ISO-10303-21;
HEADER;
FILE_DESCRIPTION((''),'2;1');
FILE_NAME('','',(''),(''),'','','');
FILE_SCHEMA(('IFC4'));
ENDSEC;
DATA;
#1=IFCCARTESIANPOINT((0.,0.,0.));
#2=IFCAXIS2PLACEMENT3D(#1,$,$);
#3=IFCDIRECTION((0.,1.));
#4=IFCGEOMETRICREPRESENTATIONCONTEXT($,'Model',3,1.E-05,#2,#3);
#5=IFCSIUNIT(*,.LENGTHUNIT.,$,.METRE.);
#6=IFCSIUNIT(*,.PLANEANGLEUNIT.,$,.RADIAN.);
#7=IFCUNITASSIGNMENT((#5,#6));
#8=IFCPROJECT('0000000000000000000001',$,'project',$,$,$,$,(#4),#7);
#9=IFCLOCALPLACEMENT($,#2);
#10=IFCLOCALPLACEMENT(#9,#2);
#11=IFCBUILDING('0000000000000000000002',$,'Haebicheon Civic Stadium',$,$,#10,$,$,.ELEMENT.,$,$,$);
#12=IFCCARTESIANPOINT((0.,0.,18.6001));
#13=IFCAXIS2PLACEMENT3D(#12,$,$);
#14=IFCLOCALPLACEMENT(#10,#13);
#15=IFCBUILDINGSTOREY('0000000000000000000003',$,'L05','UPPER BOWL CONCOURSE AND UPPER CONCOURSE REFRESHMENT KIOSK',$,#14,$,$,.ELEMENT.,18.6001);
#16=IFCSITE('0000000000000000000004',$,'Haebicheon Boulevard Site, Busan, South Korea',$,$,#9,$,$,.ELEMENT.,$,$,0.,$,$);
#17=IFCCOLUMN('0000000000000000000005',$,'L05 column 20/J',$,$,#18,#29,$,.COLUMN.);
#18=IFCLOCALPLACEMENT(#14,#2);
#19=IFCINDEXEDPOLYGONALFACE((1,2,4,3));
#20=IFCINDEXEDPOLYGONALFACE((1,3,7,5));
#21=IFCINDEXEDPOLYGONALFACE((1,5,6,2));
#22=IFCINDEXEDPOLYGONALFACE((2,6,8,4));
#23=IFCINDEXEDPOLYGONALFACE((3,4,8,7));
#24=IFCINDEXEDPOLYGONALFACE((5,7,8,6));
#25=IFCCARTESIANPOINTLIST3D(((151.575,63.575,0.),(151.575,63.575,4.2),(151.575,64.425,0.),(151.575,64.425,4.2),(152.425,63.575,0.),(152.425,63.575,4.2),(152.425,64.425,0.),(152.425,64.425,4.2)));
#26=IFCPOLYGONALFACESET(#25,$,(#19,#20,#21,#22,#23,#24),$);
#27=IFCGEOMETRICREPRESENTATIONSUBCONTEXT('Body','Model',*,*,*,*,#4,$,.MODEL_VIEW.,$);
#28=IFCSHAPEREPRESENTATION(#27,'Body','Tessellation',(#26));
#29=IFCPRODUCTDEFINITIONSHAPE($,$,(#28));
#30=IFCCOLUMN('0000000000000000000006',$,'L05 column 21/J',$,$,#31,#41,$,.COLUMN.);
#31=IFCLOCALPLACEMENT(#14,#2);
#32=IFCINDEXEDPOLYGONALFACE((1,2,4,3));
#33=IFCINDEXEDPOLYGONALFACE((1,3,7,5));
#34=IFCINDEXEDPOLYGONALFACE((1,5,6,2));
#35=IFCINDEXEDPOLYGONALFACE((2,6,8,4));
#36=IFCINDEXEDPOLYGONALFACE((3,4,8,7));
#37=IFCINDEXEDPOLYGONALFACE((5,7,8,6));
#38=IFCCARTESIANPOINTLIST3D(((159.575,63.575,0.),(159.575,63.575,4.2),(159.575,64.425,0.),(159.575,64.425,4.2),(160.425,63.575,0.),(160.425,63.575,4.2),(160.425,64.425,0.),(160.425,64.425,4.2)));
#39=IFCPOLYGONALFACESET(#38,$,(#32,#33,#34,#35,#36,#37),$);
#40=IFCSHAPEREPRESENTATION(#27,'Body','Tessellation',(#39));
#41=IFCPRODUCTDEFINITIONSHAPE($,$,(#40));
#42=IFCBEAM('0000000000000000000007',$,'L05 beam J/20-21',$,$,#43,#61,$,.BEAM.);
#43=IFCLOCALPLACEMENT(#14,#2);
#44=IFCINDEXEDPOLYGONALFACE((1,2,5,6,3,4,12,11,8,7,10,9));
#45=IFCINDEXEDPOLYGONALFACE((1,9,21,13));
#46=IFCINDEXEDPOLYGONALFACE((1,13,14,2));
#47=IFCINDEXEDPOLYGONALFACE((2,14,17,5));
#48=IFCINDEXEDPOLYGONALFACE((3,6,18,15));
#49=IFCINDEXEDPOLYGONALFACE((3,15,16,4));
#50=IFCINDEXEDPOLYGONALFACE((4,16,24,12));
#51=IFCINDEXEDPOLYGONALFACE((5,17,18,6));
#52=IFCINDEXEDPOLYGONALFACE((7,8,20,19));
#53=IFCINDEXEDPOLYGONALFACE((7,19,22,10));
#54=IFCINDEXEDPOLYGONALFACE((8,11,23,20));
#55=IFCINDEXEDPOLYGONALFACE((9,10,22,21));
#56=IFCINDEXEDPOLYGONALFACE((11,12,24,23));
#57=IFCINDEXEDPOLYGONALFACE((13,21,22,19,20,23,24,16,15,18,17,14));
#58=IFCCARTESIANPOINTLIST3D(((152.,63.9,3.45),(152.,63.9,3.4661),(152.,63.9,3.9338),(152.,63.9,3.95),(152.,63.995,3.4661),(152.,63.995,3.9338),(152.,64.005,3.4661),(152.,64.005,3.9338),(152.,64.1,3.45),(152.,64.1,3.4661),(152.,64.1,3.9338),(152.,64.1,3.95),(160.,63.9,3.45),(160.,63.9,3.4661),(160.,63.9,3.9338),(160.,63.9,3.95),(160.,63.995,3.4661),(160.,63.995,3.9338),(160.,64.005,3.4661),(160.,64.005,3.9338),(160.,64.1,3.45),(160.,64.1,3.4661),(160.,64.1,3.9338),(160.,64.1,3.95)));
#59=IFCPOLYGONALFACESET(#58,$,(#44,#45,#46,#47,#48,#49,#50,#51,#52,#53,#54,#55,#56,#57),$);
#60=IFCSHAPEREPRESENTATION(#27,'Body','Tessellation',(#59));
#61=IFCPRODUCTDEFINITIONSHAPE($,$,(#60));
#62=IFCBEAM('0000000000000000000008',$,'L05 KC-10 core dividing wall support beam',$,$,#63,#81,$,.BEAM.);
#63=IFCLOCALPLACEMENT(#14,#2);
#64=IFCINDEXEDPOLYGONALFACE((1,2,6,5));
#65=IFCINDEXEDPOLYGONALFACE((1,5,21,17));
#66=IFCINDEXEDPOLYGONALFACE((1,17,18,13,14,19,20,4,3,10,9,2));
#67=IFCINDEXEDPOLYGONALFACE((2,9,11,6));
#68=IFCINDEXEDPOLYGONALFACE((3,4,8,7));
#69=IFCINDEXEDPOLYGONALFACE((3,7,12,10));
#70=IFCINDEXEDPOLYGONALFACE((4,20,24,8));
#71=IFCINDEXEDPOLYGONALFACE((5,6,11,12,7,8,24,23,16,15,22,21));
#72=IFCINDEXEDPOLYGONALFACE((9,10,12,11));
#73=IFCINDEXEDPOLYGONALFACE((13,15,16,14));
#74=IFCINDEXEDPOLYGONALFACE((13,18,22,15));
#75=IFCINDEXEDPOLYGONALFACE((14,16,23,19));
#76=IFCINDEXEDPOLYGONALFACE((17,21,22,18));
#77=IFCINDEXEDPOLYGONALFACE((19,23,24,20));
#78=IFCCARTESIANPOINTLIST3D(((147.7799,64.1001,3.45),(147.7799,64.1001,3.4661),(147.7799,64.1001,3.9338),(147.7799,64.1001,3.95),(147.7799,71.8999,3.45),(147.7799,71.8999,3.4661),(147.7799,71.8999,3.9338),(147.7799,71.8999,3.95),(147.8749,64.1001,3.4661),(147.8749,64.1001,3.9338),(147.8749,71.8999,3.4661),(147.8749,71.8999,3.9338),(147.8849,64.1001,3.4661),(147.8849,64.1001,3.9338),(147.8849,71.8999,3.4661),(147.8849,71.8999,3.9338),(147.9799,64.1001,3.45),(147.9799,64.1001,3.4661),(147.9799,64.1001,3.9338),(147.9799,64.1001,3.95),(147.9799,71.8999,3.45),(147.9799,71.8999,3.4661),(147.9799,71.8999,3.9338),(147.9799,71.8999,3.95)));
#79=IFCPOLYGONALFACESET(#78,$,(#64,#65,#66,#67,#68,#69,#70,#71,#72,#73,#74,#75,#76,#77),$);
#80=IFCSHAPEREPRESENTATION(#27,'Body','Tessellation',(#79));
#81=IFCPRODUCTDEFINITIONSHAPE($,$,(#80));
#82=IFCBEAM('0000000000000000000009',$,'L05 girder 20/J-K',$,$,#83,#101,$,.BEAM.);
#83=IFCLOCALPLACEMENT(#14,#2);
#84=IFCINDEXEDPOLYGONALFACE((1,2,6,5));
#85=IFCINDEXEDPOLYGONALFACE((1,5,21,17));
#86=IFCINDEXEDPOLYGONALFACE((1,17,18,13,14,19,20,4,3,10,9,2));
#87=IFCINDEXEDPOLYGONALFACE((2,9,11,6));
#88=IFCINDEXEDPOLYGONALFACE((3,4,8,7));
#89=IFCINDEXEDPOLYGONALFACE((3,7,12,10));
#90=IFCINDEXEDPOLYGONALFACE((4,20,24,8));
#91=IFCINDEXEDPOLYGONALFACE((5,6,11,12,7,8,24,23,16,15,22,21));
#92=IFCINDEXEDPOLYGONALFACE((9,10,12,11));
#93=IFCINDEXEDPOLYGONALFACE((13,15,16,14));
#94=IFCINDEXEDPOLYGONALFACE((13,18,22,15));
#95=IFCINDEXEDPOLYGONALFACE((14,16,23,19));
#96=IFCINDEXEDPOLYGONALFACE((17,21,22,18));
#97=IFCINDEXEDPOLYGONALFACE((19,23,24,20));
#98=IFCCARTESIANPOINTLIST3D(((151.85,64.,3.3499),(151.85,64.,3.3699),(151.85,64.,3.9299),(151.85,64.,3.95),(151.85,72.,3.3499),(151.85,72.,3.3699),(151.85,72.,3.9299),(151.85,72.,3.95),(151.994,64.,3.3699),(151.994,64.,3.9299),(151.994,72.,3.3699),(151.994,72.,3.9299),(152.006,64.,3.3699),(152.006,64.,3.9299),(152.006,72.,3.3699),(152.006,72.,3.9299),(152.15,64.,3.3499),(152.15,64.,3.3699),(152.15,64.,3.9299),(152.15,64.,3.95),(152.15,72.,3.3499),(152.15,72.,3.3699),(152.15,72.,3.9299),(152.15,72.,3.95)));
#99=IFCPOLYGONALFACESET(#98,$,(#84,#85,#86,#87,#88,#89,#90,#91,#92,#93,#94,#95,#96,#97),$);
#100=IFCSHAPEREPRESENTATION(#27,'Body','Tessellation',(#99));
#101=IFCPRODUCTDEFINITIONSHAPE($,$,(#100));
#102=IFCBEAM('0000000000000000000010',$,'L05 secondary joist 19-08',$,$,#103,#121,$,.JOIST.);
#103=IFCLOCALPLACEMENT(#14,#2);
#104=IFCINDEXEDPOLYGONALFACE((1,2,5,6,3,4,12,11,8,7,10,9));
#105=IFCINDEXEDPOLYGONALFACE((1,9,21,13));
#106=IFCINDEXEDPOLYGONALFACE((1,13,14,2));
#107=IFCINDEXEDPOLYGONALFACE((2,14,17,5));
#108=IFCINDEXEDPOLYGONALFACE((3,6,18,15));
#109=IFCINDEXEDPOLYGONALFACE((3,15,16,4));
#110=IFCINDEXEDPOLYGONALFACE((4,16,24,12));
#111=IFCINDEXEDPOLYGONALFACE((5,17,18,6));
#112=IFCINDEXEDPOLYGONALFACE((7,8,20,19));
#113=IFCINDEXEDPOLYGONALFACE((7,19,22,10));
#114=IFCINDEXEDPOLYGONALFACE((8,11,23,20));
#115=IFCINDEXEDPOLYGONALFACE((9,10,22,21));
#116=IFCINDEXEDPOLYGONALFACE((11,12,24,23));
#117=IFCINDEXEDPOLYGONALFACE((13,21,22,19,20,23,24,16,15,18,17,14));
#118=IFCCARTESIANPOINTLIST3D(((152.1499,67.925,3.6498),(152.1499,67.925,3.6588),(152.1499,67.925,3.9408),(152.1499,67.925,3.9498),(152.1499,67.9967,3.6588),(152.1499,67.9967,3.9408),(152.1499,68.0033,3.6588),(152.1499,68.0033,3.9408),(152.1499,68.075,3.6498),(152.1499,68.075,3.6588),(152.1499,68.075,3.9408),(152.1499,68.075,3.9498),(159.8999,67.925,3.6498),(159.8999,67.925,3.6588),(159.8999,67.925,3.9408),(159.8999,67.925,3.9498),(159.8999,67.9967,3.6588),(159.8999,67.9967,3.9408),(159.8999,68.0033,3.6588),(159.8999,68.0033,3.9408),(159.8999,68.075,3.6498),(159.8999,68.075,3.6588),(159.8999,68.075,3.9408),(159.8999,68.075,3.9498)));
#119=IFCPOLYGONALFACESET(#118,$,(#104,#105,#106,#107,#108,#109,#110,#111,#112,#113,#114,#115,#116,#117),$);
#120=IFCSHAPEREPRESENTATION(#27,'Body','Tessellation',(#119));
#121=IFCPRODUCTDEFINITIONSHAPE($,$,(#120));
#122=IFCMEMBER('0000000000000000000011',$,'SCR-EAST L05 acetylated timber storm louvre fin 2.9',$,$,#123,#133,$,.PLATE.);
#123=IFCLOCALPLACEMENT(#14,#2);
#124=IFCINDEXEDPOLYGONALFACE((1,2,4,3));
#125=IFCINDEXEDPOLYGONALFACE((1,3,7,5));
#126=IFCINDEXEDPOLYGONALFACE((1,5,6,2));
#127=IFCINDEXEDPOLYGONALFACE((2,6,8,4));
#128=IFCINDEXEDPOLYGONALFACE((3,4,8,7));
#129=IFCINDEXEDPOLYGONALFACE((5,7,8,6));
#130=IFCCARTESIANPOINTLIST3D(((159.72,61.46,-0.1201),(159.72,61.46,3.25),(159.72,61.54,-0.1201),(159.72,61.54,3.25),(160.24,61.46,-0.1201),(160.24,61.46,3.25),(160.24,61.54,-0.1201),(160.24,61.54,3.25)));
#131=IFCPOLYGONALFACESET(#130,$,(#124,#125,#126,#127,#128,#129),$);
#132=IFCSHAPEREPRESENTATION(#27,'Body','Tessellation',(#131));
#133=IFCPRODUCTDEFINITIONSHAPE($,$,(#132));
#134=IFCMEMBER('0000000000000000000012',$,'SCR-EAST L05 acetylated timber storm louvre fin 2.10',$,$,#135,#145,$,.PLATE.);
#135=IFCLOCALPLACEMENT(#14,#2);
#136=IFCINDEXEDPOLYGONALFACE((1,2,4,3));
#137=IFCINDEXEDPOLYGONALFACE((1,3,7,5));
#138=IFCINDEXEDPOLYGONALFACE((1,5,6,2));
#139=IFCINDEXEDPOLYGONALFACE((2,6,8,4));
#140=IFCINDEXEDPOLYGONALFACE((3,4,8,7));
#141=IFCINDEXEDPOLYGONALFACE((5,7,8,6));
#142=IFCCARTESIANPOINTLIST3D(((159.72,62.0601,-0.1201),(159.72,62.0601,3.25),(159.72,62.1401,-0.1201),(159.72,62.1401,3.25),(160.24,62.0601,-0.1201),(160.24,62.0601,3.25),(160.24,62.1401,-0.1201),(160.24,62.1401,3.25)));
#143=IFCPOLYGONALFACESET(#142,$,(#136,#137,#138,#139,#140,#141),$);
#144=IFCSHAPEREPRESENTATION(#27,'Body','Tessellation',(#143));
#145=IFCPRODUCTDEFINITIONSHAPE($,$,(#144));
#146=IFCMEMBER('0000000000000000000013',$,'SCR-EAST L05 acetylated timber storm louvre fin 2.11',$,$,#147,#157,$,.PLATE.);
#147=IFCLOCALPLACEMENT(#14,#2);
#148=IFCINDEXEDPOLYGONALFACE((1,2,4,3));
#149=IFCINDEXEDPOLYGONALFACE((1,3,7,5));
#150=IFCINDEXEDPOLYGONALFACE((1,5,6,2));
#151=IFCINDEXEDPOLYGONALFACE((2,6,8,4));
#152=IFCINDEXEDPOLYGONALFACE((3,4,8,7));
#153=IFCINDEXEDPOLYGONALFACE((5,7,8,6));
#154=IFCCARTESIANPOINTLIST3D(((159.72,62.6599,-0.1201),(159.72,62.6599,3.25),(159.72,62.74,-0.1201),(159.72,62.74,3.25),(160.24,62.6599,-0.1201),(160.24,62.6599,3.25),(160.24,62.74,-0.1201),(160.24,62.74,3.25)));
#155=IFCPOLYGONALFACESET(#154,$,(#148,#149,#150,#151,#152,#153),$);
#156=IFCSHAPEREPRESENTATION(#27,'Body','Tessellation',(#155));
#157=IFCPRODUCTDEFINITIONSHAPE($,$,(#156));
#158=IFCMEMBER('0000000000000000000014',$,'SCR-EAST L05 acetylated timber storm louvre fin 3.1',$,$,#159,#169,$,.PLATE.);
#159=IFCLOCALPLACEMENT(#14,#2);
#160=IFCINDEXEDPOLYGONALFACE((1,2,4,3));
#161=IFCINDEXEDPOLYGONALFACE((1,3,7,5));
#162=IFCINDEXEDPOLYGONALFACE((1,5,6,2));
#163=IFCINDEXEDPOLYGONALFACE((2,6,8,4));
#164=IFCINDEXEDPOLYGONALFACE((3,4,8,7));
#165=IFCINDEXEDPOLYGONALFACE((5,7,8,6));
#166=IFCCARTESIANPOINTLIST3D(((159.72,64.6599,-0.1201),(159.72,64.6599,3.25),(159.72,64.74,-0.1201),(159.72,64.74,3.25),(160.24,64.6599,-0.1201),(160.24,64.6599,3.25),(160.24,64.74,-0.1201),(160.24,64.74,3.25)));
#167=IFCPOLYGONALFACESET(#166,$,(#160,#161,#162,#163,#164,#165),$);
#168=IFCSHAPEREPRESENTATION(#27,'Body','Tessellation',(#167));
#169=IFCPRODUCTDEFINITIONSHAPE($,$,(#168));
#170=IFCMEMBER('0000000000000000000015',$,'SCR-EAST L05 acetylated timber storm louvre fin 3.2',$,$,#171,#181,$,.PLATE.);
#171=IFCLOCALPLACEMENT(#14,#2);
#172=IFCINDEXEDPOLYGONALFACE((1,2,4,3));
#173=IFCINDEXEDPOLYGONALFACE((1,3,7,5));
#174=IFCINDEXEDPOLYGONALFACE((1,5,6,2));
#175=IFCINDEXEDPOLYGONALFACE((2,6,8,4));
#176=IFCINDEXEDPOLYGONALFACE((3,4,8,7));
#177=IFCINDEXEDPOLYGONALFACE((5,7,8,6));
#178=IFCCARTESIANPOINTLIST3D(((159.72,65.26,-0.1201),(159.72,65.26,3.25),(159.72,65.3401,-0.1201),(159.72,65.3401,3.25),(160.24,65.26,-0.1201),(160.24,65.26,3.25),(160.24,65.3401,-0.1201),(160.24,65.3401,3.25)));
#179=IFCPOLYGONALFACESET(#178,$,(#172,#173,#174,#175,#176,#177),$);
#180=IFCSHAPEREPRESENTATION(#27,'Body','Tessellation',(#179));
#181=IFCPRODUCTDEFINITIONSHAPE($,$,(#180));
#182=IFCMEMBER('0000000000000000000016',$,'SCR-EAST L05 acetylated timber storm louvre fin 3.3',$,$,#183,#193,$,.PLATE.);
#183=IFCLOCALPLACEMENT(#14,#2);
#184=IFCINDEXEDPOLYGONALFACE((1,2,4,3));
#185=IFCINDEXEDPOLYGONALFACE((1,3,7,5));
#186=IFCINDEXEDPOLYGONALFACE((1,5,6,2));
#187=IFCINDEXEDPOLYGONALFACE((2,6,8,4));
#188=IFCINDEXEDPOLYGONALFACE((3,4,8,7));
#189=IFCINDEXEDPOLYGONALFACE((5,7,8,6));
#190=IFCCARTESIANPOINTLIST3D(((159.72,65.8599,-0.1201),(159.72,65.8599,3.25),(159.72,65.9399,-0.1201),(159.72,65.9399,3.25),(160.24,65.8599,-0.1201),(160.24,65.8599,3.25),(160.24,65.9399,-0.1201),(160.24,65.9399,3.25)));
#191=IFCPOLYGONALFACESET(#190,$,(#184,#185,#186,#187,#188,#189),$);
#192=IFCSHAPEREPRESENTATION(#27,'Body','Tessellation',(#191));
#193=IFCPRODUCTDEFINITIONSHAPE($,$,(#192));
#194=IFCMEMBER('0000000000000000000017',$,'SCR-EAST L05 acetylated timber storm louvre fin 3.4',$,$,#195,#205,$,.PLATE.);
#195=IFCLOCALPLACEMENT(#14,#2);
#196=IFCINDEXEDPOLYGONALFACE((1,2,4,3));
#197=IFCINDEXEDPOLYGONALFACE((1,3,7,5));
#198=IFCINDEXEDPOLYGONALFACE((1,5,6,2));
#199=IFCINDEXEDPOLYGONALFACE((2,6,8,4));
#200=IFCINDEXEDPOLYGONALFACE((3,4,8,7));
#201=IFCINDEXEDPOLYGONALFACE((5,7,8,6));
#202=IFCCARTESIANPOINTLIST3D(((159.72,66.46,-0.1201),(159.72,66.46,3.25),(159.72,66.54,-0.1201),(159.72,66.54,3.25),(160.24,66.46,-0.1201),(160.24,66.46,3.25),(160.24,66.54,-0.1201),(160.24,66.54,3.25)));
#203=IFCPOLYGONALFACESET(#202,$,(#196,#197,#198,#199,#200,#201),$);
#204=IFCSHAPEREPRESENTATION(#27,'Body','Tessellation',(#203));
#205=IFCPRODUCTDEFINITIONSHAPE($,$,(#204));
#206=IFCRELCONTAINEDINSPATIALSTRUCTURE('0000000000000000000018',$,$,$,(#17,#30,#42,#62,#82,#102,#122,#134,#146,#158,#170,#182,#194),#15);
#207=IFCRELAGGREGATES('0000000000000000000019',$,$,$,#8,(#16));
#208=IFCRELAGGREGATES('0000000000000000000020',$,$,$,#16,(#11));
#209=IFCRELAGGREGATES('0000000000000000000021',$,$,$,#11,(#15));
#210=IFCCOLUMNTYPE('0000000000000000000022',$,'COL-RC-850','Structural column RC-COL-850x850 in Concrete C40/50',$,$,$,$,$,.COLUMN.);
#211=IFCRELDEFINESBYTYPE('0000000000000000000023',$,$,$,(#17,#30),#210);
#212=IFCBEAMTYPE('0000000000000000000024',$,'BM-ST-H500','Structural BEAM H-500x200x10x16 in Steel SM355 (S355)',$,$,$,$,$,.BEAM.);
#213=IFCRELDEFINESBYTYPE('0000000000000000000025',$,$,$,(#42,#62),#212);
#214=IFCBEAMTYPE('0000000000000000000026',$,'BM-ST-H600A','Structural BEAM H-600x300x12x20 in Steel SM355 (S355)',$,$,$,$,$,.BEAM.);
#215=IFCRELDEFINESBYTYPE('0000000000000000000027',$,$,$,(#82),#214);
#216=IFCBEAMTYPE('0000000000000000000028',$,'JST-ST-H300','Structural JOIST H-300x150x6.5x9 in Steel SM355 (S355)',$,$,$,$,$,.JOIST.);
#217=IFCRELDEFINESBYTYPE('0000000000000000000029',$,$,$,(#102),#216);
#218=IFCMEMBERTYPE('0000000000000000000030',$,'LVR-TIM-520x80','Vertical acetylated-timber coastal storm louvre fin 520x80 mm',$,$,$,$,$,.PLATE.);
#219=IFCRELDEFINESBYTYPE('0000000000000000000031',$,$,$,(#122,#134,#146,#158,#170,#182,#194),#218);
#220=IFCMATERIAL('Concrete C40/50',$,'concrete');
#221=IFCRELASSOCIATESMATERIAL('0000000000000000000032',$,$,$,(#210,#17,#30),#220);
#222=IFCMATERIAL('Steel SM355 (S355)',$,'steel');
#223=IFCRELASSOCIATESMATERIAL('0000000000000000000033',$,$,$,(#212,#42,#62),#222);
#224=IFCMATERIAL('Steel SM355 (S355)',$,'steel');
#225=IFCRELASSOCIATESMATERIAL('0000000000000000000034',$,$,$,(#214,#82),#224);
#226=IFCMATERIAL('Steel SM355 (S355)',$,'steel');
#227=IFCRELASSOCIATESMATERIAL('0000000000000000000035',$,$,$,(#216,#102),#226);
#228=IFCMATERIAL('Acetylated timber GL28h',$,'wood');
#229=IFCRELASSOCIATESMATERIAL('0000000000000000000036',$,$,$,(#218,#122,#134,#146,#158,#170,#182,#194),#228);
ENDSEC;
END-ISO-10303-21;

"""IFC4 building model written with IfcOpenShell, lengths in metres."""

from ifc_helpers import new_model, si_unit, direction, frame, origin, origin_2d, place, context, subcontext, project, spatial, rectangle, i_section, extrude, material, material_profile, profile_set, type_object, element, save


model = new_model("IFC4")

# Units and contexts
model_context = context("Model", 3, precision=1e-05, world=origin(), true_north=direction((0.0, 1.0)))
body_context = subcontext(model_context, "Body", "Model", "MODEL_VIEW")
ifc_project = project(units=[si_unit("LENGTHUNIT", "METRE"), si_unit("PLANEANGLEUNIT", "RADIAN")], contexts=[model_context])

# Site, building, storey
site_placement = place(None, origin())
site = spatial("IfcSite", under=ifc_project, at=site_placement, Name="Haebicheon Boulevard Site, Busan, South Korea", CompositionType="ELEMENT", RefElevation=0.0)
building_placement = place(site_placement, origin())
building = spatial("IfcBuilding", under=site, at=building_placement, Name="Haebicheon Civic Stadium", CompositionType="ELEMENT")
storey_placement = place(building_placement, frame((0.0, 0.0, 18.6001)))
storey = spatial("IfcBuildingStorey", under=building, at=storey_placement, Name="L05", Description="UPPER BOWL CONCOURSE AND UPPER CONCOURSE REFRESHMENT KIOSK", CompositionType="ELEMENT", Elevation=18.6001)

# Columns
ifc_material_1 = material(Name="Concrete C40/50", Category="concrete")
ifc_material_profile_1 = material_profile(ifc_material_1, rectangle(XDim=0.8501, YDim=0.8501, at=origin_2d()), Name="RC-COL-850x850")
ifc_profile_set_1 = profile_set([ifc_material_profile_1], Name="Concrete C40/50")
column_type = type_object("IfcColumnType", Name="COL-RC-850", Description="Structural column RC-COL-850x850 in Concrete C40/50", PredefinedType="COLUMN", material=ifc_profile_set_1)
for number, where, z_axis, x_axis, name in (
    (1, (152.0, 64.0, 0.0), (0.0, 0.0, 1.0), (1.0, 0.0, 0.0), "L05 column 20/J"),
    (2, (160.0, 64.0, 0.0), (0.0, 0.0, 1.0), (1.0, 0.0, 0.0), "L05 column 21/J"),
):
    element("IfcColumn", number, at=place(storey_placement, frame(where, z_axis=z_axis, x_axis=x_axis)), inside=storey, type_object=column_type, material=ifc_profile_set_1, Name=name, PredefinedType="COLUMN", context=body_context, shape_type="SweptSolid", body=[
        extrude(rectangle(XDim=0.8501, YDim=0.8501, at=origin_2d()), origin(), (0.0, 0.0, 1.0), 4.2),
    ])

# Beams
ifc_material_2 = material(Name="Steel SM355 (S355)", Category="steel")
ifc_material_profile_2 = material_profile(ifc_material_2, i_section(OverallWidth=0.2, OverallDepth=0.5, WebThickness=0.01, FlangeThickness=0.0161, at=origin_2d()), Name="H-500x200x10x16")
ifc_profile_set_2 = profile_set([ifc_material_profile_2], Name="Steel SM355 (S355)")
beam_type_1 = type_object("IfcBeamType", Name="BM-ST-H500", Description="Structural BEAM H-500x200x10x16 in Steel SM355 (S355)", PredefinedType="BEAM", material=ifc_profile_set_2)
beam_1_placement = place(storey_placement, frame((152.0, 64.0, 3.7), z_axis=(1.0, 0.0, 0.0), x_axis=(0.0, 1.0, 0.0)))
element("IfcBeam", 3, at=beam_1_placement, inside=storey, type_object=beam_type_1, material=ifc_profile_set_2, Name="L05 beam J/20-21", PredefinedType="BEAM", context=body_context, shape_type="SweptSolid", body=[
    extrude(i_section(OverallWidth=0.2, OverallDepth=0.5, WebThickness=0.01, FlangeThickness=0.0161, at=origin_2d()), origin(), (0.0, 0.0, 1.0), 8.0),
])
beam_2_placement = place(storey_placement, frame((147.8799, 64.1001, 3.7), z_axis=(0.0, 1.0, 0.0), x_axis=(-1.0, 0.0, 0.0)))
element("IfcBeam", 4, at=beam_2_placement, inside=storey, type_object=beam_type_1, material=ifc_profile_set_2, Name="L05 KC-10 core dividing wall support beam", PredefinedType="BEAM", context=body_context, shape_type="SweptSolid", body=[
    extrude(i_section(OverallWidth=0.2, OverallDepth=0.5, WebThickness=0.01, FlangeThickness=0.0161, at=origin_2d()), origin(), (0.0, 0.0, 1.0), 7.7998),
])
ifc_material_3 = material(Name="Steel SM355 (S355)", Category="steel")
ifc_material_profile_3 = material_profile(ifc_material_3, i_section(OverallWidth=0.3, OverallDepth=0.6001, WebThickness=0.012, FlangeThickness=0.02, at=origin_2d()), Name="H-600x300x12x20")
ifc_profile_set_3 = profile_set([ifc_material_profile_3], Name="Steel SM355 (S355)")
beam_type_2 = type_object("IfcBeamType", Name="BM-ST-H600A", Description="Structural BEAM H-600x300x12x20 in Steel SM355 (S355)", PredefinedType="BEAM", material=ifc_profile_set_3)
beam_3_placement = place(storey_placement, frame((152.0, 64.0, 3.6499), z_axis=(0.0, 1.0, 0.0), x_axis=(-1.0, 0.0, 0.0)))
element("IfcBeam", 5, at=beam_3_placement, inside=storey, type_object=beam_type_2, material=ifc_profile_set_3, Name="L05 girder 20/J-K", PredefinedType="BEAM", context=body_context, shape_type="SweptSolid", body=[
    extrude(i_section(OverallWidth=0.3, OverallDepth=0.6001, WebThickness=0.012, FlangeThickness=0.02, at=origin_2d()), origin(), (0.0, 0.0, 1.0), 8.0),
])
ifc_material_4 = material(Name="Steel SM355 (S355)", Category="steel")
ifc_material_profile_4 = material_profile(ifc_material_4, i_section(OverallWidth=0.1499, OverallDepth=0.3, WebThickness=0.0066, FlangeThickness=0.009, at=origin_2d()), Name="H-300x150x6.5x9")
ifc_profile_set_4 = profile_set([ifc_material_profile_4], Name="Steel SM355 (S355)")
beam_type_3 = type_object("IfcBeamType", Name="JST-ST-H300", Description="Structural JOIST H-300x150x6.5x9 in Steel SM355 (S355)", PredefinedType="JOIST", material=ifc_profile_set_4)
beam_4_placement = place(storey_placement, frame((152.1499, 68.0, 3.7998), z_axis=(1.0, 0.0, 0.0), x_axis=(0.0, 1.0, 0.0)))
element("IfcBeam", 6, at=beam_4_placement, inside=storey, type_object=beam_type_3, material=ifc_profile_set_4, Name="L05 secondary joist 19-08", PredefinedType="JOIST", context=body_context, shape_type="SweptSolid", body=[
    extrude(i_section(OverallWidth=0.1499, OverallDepth=0.3, WebThickness=0.0066, FlangeThickness=0.009, at=origin_2d()), origin(), (0.0, 0.0, 1.0), 7.75),
])

# Members
ifc_material_5 = material(Name="Acetylated timber GL28h", Category="wood")
ifc_material_profile_5 = material_profile(ifc_material_5, rectangle(XDim=0.0801, YDim=0.52, at=origin_2d()), Name="TMB-LOUV-80x520")
ifc_profile_set_5 = profile_set([ifc_material_profile_5], Name="Acetylated timber GL28h")
member_type = type_object("IfcMemberType", Name="LVR-TIM-520x80", Description="Vertical acetylated-timber coastal storm louvre fin 520x80 mm", PredefinedType="PLATE", material=ifc_profile_set_5)
for number, where, z_axis, x_axis, name in (
    (7, (159.98, 61.5, -0.1201), (0.0, 0.0, 1.0), (0.0, 1.0, 0.0), "SCR-EAST L05 acetylated timber storm louvre fin 2.9"),
    (8, (159.98, 62.1001, -0.1201), (0.0, 0.0, 1.0), (0.0, 1.0, 0.0), "SCR-EAST L05 acetylated timber storm louvre fin 2.10"),
    (9, (159.98, 62.7, -0.1201), (0.0, 0.0, 1.0), (0.0, 1.0, 0.0), "SCR-EAST L05 acetylated timber storm louvre fin 2.11"),
    (10, (159.98, 64.7, -0.1201), (0.0, 0.0, 1.0), (0.0, 1.0, 0.0), "SCR-EAST L05 acetylated timber storm louvre fin 3.1"),
    (11, (159.98, 65.3, -0.1201), (0.0, 0.0, 1.0), (0.0, 1.0, 0.0), "SCR-EAST L05 acetylated timber storm louvre fin 3.2"),
    (12, (159.98, 65.8999, -0.1201), (0.0, 0.0, 1.0), (0.0, 1.0, 0.0), "SCR-EAST L05 acetylated timber storm louvre fin 3.3"),
    (13, (159.98, 66.5, -0.1201), (0.0, 0.0, 1.0), (0.0, 1.0, 0.0), "SCR-EAST L05 acetylated timber storm louvre fin 3.4"),
):
    element("IfcMember", number, at=place(storey_placement, frame(where, z_axis=z_axis, x_axis=x_axis)), inside=storey, type_object=member_type, material=ifc_profile_set_5, Name=name, PredefinedType="PLATE", context=body_context, shape_type="SweptSolid", body=[
        extrude(rectangle(XDim=0.0801, YDim=0.52, at=origin_2d()), origin(), (0.0, 0.0, 1.0), 3.3701),
    ])

save(model, "model.ifc")
